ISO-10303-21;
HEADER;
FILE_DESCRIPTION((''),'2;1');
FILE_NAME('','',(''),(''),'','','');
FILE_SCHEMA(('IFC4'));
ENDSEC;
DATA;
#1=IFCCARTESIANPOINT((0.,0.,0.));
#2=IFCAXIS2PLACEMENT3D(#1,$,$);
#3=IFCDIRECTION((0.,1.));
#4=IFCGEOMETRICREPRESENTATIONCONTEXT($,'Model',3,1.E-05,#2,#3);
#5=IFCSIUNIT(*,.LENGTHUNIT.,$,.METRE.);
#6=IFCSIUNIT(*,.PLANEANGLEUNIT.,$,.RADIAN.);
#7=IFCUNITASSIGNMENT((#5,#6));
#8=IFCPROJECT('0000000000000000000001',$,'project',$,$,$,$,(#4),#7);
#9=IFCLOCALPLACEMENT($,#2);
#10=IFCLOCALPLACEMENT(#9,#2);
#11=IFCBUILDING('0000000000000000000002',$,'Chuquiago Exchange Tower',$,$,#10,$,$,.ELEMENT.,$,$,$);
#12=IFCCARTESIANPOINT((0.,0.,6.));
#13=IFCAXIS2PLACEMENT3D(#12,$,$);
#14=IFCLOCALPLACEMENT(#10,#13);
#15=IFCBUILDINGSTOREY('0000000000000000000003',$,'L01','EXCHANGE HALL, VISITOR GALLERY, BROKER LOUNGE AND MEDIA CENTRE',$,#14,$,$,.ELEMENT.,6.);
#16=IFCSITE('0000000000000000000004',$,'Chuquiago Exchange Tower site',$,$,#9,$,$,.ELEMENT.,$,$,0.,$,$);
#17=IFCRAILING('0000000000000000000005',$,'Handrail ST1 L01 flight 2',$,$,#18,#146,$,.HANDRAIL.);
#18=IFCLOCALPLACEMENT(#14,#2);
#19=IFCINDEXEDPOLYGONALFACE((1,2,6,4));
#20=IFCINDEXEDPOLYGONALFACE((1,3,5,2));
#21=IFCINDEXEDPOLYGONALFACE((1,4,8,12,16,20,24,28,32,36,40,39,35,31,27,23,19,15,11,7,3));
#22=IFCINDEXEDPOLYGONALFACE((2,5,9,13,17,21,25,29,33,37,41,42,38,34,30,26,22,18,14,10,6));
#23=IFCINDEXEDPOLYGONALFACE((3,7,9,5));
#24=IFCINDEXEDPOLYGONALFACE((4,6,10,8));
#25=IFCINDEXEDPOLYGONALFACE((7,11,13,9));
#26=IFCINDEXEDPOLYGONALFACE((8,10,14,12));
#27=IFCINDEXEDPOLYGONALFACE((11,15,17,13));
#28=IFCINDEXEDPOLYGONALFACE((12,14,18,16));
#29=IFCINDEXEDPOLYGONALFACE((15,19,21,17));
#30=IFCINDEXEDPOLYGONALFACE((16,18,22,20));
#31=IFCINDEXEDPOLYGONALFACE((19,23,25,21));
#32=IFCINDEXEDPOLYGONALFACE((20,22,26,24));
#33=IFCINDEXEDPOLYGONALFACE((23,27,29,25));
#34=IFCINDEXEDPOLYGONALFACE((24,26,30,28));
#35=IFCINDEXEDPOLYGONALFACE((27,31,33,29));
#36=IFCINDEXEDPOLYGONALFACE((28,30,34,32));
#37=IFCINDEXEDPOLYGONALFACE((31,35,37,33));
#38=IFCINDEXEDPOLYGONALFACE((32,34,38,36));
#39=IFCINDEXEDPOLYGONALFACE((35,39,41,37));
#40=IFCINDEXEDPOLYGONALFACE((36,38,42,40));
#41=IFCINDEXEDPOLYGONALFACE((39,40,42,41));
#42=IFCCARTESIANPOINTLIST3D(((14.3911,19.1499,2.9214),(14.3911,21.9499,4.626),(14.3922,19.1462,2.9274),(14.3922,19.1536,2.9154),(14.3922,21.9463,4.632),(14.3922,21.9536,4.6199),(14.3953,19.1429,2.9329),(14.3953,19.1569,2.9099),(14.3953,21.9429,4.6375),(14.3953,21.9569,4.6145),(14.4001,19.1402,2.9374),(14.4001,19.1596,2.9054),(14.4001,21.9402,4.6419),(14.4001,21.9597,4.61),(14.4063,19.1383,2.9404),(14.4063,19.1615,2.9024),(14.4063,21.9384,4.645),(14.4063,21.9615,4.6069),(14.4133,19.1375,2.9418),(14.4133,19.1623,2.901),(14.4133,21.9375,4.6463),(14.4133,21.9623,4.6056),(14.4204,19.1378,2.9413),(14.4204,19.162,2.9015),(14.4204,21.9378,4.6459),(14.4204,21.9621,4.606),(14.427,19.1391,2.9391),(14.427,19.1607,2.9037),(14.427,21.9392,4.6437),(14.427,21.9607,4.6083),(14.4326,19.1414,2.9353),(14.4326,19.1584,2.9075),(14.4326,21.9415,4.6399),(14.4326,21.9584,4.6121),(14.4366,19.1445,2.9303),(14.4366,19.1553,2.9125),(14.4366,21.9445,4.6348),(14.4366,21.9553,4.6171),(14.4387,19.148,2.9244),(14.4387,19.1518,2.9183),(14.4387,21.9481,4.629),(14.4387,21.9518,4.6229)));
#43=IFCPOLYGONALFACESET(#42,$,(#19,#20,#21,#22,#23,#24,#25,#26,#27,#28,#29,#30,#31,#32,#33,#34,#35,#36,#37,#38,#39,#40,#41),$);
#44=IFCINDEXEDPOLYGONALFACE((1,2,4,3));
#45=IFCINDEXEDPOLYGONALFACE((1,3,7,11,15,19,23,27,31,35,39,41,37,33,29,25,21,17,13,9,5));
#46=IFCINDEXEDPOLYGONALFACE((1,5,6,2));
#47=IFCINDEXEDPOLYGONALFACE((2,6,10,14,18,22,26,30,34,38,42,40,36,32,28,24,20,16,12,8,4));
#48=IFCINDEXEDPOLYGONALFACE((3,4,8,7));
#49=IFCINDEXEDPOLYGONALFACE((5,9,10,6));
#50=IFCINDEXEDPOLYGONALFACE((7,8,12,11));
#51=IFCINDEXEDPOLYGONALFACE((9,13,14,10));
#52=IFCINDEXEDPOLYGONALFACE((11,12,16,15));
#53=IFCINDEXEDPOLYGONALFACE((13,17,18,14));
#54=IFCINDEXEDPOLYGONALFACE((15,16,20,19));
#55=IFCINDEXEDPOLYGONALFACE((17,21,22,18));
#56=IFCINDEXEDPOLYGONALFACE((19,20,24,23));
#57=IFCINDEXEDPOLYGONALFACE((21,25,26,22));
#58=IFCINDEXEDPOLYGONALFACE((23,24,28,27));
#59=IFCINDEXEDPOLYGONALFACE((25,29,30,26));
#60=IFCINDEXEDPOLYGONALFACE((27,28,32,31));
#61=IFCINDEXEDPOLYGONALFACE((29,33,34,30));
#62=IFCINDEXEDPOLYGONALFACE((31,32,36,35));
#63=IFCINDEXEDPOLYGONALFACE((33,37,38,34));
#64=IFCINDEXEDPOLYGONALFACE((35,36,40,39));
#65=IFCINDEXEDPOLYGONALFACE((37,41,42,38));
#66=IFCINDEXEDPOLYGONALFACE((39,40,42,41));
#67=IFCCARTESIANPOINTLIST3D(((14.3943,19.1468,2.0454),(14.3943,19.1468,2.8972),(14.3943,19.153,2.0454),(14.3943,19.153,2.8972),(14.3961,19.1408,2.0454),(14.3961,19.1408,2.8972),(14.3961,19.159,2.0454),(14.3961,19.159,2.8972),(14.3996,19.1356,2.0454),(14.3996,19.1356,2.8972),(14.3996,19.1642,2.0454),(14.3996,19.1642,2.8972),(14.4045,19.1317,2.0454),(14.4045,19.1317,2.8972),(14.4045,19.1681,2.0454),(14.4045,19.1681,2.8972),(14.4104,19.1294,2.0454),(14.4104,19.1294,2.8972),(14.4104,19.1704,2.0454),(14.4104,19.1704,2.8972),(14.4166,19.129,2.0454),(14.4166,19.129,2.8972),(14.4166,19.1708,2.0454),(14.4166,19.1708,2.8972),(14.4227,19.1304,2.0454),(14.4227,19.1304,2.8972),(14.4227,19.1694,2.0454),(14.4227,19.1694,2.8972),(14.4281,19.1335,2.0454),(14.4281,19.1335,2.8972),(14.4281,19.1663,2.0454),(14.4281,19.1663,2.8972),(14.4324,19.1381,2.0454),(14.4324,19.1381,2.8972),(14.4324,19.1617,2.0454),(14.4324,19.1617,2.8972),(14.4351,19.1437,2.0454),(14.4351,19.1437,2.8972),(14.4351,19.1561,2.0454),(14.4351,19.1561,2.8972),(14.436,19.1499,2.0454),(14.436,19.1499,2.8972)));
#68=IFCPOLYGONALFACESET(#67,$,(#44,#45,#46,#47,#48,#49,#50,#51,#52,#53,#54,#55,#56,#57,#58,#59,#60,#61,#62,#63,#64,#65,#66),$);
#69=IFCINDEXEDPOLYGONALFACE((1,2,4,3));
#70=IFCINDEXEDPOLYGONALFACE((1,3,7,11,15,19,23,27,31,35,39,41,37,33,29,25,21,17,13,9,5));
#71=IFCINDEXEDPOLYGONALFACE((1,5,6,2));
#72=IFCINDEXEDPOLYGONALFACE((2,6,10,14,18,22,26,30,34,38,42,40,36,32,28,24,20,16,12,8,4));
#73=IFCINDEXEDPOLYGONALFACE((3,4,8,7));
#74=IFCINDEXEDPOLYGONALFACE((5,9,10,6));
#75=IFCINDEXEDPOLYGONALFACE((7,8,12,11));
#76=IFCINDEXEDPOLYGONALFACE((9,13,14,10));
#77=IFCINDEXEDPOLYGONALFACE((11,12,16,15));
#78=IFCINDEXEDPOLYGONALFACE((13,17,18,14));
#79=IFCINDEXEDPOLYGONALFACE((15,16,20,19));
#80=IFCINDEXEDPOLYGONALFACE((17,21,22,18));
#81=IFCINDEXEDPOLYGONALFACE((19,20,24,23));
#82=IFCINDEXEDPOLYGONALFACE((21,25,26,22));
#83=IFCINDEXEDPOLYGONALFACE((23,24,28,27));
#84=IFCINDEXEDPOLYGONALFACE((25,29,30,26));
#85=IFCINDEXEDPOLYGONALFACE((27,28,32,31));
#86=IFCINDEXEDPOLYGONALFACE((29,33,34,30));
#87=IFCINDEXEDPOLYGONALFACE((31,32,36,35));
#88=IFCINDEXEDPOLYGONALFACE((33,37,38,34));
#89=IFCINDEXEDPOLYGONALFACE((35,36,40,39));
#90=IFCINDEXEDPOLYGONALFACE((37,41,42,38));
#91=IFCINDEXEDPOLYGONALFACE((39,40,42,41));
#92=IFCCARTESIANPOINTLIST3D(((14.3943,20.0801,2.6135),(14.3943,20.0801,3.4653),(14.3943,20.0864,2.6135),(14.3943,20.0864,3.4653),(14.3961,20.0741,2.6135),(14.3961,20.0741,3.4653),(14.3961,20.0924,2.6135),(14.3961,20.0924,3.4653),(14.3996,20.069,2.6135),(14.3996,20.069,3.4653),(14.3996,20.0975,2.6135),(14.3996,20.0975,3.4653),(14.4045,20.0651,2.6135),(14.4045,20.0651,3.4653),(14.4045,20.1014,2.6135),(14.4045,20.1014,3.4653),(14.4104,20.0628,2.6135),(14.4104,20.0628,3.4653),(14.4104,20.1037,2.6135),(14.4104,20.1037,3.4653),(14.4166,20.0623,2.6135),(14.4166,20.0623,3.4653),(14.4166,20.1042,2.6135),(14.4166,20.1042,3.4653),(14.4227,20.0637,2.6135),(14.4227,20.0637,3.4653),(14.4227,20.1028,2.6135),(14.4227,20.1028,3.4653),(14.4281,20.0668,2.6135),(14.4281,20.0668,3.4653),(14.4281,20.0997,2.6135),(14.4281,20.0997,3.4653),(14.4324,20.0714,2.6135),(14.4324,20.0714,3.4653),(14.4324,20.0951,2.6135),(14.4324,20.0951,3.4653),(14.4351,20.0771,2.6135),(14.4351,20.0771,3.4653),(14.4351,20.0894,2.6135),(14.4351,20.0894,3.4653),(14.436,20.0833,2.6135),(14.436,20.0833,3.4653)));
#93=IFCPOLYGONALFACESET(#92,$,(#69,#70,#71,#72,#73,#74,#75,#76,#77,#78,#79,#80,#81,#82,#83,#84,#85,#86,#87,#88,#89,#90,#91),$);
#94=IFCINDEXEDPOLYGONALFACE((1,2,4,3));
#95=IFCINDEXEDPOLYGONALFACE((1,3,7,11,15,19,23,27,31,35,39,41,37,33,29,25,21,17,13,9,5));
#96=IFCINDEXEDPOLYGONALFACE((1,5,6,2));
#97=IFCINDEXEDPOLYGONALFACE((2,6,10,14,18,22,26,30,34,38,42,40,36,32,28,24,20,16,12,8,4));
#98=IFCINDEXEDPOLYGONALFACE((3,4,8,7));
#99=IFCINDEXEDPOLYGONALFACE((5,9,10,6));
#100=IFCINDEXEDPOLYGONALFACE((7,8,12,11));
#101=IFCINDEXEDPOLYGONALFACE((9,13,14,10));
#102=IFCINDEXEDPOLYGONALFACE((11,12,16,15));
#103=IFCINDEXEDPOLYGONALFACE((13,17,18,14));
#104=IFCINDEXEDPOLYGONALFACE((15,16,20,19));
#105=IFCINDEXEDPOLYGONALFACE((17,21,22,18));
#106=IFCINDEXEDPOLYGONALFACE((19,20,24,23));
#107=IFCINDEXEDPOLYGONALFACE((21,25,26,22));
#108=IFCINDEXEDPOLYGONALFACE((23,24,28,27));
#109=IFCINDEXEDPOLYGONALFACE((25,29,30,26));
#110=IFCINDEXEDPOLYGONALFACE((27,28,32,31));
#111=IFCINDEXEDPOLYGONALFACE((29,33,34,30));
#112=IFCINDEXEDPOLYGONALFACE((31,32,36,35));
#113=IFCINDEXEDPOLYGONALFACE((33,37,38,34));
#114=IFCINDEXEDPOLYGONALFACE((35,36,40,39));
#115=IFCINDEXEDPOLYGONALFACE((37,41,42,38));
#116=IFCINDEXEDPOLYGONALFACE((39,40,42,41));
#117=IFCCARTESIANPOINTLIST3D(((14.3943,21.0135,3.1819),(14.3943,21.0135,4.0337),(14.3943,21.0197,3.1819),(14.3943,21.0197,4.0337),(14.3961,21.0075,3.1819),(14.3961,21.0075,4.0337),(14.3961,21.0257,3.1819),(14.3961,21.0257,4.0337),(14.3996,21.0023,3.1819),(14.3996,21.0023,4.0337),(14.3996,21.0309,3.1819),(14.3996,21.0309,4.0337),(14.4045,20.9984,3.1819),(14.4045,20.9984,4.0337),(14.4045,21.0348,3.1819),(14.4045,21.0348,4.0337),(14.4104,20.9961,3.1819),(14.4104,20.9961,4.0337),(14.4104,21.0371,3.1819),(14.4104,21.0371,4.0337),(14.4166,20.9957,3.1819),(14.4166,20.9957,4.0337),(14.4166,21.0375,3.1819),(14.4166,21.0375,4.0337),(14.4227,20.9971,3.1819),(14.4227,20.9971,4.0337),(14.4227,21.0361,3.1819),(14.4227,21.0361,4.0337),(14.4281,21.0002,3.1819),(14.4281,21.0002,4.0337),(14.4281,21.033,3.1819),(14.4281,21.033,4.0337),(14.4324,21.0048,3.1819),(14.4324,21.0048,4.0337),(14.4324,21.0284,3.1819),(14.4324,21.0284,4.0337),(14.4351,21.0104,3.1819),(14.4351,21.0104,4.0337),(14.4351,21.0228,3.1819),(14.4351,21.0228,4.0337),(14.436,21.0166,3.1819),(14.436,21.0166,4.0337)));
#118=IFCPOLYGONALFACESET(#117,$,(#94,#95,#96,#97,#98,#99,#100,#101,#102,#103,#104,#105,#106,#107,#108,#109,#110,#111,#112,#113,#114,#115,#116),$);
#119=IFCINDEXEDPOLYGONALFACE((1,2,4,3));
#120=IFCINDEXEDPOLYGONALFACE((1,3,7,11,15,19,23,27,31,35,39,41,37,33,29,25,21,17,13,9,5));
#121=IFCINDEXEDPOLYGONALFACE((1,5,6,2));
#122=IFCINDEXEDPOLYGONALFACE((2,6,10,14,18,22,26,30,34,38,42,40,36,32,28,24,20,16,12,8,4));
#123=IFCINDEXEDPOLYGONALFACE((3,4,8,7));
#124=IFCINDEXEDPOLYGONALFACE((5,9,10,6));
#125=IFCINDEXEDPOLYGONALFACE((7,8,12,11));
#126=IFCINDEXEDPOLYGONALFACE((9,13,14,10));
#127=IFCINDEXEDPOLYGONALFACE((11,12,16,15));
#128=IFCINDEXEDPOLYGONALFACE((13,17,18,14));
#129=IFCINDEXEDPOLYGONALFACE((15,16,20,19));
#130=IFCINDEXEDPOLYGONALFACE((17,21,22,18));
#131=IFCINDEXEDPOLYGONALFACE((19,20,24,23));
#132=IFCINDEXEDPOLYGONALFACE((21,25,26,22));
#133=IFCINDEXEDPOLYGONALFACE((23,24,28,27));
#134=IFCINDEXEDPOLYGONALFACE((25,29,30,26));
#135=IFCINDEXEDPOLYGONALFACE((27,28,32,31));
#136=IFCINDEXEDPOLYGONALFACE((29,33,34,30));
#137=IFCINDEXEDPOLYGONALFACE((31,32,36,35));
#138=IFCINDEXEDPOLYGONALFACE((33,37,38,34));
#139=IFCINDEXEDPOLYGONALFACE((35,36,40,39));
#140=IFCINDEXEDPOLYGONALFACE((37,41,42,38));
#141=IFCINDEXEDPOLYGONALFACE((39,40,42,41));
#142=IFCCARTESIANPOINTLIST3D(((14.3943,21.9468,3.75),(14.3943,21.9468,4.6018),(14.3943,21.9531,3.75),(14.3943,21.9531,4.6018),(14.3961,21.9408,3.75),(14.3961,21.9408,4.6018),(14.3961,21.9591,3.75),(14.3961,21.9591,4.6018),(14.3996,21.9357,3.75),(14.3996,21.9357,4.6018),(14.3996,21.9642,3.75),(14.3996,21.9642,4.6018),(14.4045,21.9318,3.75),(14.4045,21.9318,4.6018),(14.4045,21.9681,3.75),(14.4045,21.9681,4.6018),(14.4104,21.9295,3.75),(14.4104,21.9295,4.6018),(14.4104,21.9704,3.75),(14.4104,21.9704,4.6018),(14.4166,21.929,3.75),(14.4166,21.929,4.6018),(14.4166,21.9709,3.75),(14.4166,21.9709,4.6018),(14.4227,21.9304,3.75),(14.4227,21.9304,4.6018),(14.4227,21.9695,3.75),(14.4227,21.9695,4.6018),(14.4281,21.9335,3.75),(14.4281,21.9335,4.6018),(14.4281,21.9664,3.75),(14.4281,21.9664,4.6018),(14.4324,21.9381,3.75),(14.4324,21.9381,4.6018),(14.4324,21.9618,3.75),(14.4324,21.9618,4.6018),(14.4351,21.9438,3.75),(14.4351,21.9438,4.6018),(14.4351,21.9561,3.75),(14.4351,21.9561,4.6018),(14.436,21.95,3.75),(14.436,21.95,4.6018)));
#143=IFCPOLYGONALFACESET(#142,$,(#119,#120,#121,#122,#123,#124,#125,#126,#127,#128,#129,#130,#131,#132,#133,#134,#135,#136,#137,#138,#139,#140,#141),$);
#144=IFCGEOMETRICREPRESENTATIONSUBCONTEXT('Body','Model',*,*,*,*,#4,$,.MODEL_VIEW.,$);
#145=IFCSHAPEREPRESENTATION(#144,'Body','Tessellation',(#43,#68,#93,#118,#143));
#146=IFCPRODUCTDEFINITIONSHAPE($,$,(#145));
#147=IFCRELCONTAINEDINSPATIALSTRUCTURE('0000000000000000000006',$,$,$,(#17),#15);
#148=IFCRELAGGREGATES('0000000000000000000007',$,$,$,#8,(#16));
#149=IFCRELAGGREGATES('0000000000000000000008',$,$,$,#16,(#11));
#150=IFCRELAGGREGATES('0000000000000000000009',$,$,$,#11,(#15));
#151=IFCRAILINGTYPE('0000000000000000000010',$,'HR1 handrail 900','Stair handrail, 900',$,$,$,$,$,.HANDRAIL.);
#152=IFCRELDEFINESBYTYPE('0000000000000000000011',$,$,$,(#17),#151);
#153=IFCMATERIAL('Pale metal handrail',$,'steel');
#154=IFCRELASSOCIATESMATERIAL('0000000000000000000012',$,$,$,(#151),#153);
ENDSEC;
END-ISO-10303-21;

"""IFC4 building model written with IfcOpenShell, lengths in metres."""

from ifc_helpers import new_model, si_unit, direction, frame, origin, origin_2d, place, context, subcontext, project, spatial, circle, extrude, material, type_object, element, save


model = new_model("IFC4")

# Units and contexts
model_context = context("Model", 3, precision=1e-05, world=origin(), true_north=direction((0.0, 1.0)))
body_context = subcontext(model_context, "Body", "Model", "MODEL_VIEW")
ifc_project = project(units=[si_unit("LENGTHUNIT", "METRE"), si_unit("PLANEANGLEUNIT", "RADIAN")], contexts=[model_context])

# Site, building, storey
site_placement = place(None, origin())
site = spatial("IfcSite", under=ifc_project, at=site_placement, Name="Chuquiago Exchange Tower site", CompositionType="ELEMENT", RefElevation=0.0)
building_placement = place(site_placement, origin())
building = spatial("IfcBuilding", under=site, at=building_placement, Name="Chuquiago Exchange Tower", CompositionType="ELEMENT")
storey_placement = place(building_placement, frame((0.0, 0.0, 6.0)))
storey = spatial("IfcBuildingStorey", under=building, at=storey_placement, Name="L01", Description="EXCHANGE HALL, VISITOR GALLERY, BROKER LOUNGE AND MEDIA CENTRE", CompositionType="ELEMENT", Elevation=6.0)

# Railing
ifc_material_1 = material(Name="Pale metal handrail", Category="steel")
railing_type_1 = type_object("IfcRailingType", Name="HR1 handrail 900", Description="Stair handrail, 900", PredefinedType="HANDRAIL", material=ifc_material_1)
for number, where, name in (
    (1, (14.415, 19.1499, 2.0454), "Handrail ST1 L01 flight 2"),
):
    element("IfcRailing", number, at=place(storey_placement, frame(where)), inside=storey, type_object=railing_type_1, Name=name, PredefinedType="HANDRAIL", context=body_context, shape_type="SweptSolid", body=[
        extrude(circle(Radius=0.0239, at=origin_2d()), frame((0.0, 0.0, 0.876), z_axis=(0.0, 0.85417, 0.519994), x_axis=(-1.0, 0.0, 0.0)), (0.0, 0.0, 1.0), 3.2781),
        extrude(circle(Radius=0.021, at=origin_2d()), origin(), (0.0, 0.0, 1.0), 0.8518),
        extrude(circle(Radius=0.021, at=origin_2d()), frame((0.0, 0.9333, 0.5681)), (0.0, 0.0, 1.0), 0.8518),
        extrude(circle(Radius=0.021, at=origin_2d()), frame((0.0, 1.8667, 1.1365)), (0.0, 0.0, 1.0), 0.8518),
        extrude(circle(Radius=0.021, at=origin_2d()), frame((0.0, 2.8, 1.7046)), (0.0, 0.0, 1.0), 0.8518),
    ])

save(model, "model.ifc")
